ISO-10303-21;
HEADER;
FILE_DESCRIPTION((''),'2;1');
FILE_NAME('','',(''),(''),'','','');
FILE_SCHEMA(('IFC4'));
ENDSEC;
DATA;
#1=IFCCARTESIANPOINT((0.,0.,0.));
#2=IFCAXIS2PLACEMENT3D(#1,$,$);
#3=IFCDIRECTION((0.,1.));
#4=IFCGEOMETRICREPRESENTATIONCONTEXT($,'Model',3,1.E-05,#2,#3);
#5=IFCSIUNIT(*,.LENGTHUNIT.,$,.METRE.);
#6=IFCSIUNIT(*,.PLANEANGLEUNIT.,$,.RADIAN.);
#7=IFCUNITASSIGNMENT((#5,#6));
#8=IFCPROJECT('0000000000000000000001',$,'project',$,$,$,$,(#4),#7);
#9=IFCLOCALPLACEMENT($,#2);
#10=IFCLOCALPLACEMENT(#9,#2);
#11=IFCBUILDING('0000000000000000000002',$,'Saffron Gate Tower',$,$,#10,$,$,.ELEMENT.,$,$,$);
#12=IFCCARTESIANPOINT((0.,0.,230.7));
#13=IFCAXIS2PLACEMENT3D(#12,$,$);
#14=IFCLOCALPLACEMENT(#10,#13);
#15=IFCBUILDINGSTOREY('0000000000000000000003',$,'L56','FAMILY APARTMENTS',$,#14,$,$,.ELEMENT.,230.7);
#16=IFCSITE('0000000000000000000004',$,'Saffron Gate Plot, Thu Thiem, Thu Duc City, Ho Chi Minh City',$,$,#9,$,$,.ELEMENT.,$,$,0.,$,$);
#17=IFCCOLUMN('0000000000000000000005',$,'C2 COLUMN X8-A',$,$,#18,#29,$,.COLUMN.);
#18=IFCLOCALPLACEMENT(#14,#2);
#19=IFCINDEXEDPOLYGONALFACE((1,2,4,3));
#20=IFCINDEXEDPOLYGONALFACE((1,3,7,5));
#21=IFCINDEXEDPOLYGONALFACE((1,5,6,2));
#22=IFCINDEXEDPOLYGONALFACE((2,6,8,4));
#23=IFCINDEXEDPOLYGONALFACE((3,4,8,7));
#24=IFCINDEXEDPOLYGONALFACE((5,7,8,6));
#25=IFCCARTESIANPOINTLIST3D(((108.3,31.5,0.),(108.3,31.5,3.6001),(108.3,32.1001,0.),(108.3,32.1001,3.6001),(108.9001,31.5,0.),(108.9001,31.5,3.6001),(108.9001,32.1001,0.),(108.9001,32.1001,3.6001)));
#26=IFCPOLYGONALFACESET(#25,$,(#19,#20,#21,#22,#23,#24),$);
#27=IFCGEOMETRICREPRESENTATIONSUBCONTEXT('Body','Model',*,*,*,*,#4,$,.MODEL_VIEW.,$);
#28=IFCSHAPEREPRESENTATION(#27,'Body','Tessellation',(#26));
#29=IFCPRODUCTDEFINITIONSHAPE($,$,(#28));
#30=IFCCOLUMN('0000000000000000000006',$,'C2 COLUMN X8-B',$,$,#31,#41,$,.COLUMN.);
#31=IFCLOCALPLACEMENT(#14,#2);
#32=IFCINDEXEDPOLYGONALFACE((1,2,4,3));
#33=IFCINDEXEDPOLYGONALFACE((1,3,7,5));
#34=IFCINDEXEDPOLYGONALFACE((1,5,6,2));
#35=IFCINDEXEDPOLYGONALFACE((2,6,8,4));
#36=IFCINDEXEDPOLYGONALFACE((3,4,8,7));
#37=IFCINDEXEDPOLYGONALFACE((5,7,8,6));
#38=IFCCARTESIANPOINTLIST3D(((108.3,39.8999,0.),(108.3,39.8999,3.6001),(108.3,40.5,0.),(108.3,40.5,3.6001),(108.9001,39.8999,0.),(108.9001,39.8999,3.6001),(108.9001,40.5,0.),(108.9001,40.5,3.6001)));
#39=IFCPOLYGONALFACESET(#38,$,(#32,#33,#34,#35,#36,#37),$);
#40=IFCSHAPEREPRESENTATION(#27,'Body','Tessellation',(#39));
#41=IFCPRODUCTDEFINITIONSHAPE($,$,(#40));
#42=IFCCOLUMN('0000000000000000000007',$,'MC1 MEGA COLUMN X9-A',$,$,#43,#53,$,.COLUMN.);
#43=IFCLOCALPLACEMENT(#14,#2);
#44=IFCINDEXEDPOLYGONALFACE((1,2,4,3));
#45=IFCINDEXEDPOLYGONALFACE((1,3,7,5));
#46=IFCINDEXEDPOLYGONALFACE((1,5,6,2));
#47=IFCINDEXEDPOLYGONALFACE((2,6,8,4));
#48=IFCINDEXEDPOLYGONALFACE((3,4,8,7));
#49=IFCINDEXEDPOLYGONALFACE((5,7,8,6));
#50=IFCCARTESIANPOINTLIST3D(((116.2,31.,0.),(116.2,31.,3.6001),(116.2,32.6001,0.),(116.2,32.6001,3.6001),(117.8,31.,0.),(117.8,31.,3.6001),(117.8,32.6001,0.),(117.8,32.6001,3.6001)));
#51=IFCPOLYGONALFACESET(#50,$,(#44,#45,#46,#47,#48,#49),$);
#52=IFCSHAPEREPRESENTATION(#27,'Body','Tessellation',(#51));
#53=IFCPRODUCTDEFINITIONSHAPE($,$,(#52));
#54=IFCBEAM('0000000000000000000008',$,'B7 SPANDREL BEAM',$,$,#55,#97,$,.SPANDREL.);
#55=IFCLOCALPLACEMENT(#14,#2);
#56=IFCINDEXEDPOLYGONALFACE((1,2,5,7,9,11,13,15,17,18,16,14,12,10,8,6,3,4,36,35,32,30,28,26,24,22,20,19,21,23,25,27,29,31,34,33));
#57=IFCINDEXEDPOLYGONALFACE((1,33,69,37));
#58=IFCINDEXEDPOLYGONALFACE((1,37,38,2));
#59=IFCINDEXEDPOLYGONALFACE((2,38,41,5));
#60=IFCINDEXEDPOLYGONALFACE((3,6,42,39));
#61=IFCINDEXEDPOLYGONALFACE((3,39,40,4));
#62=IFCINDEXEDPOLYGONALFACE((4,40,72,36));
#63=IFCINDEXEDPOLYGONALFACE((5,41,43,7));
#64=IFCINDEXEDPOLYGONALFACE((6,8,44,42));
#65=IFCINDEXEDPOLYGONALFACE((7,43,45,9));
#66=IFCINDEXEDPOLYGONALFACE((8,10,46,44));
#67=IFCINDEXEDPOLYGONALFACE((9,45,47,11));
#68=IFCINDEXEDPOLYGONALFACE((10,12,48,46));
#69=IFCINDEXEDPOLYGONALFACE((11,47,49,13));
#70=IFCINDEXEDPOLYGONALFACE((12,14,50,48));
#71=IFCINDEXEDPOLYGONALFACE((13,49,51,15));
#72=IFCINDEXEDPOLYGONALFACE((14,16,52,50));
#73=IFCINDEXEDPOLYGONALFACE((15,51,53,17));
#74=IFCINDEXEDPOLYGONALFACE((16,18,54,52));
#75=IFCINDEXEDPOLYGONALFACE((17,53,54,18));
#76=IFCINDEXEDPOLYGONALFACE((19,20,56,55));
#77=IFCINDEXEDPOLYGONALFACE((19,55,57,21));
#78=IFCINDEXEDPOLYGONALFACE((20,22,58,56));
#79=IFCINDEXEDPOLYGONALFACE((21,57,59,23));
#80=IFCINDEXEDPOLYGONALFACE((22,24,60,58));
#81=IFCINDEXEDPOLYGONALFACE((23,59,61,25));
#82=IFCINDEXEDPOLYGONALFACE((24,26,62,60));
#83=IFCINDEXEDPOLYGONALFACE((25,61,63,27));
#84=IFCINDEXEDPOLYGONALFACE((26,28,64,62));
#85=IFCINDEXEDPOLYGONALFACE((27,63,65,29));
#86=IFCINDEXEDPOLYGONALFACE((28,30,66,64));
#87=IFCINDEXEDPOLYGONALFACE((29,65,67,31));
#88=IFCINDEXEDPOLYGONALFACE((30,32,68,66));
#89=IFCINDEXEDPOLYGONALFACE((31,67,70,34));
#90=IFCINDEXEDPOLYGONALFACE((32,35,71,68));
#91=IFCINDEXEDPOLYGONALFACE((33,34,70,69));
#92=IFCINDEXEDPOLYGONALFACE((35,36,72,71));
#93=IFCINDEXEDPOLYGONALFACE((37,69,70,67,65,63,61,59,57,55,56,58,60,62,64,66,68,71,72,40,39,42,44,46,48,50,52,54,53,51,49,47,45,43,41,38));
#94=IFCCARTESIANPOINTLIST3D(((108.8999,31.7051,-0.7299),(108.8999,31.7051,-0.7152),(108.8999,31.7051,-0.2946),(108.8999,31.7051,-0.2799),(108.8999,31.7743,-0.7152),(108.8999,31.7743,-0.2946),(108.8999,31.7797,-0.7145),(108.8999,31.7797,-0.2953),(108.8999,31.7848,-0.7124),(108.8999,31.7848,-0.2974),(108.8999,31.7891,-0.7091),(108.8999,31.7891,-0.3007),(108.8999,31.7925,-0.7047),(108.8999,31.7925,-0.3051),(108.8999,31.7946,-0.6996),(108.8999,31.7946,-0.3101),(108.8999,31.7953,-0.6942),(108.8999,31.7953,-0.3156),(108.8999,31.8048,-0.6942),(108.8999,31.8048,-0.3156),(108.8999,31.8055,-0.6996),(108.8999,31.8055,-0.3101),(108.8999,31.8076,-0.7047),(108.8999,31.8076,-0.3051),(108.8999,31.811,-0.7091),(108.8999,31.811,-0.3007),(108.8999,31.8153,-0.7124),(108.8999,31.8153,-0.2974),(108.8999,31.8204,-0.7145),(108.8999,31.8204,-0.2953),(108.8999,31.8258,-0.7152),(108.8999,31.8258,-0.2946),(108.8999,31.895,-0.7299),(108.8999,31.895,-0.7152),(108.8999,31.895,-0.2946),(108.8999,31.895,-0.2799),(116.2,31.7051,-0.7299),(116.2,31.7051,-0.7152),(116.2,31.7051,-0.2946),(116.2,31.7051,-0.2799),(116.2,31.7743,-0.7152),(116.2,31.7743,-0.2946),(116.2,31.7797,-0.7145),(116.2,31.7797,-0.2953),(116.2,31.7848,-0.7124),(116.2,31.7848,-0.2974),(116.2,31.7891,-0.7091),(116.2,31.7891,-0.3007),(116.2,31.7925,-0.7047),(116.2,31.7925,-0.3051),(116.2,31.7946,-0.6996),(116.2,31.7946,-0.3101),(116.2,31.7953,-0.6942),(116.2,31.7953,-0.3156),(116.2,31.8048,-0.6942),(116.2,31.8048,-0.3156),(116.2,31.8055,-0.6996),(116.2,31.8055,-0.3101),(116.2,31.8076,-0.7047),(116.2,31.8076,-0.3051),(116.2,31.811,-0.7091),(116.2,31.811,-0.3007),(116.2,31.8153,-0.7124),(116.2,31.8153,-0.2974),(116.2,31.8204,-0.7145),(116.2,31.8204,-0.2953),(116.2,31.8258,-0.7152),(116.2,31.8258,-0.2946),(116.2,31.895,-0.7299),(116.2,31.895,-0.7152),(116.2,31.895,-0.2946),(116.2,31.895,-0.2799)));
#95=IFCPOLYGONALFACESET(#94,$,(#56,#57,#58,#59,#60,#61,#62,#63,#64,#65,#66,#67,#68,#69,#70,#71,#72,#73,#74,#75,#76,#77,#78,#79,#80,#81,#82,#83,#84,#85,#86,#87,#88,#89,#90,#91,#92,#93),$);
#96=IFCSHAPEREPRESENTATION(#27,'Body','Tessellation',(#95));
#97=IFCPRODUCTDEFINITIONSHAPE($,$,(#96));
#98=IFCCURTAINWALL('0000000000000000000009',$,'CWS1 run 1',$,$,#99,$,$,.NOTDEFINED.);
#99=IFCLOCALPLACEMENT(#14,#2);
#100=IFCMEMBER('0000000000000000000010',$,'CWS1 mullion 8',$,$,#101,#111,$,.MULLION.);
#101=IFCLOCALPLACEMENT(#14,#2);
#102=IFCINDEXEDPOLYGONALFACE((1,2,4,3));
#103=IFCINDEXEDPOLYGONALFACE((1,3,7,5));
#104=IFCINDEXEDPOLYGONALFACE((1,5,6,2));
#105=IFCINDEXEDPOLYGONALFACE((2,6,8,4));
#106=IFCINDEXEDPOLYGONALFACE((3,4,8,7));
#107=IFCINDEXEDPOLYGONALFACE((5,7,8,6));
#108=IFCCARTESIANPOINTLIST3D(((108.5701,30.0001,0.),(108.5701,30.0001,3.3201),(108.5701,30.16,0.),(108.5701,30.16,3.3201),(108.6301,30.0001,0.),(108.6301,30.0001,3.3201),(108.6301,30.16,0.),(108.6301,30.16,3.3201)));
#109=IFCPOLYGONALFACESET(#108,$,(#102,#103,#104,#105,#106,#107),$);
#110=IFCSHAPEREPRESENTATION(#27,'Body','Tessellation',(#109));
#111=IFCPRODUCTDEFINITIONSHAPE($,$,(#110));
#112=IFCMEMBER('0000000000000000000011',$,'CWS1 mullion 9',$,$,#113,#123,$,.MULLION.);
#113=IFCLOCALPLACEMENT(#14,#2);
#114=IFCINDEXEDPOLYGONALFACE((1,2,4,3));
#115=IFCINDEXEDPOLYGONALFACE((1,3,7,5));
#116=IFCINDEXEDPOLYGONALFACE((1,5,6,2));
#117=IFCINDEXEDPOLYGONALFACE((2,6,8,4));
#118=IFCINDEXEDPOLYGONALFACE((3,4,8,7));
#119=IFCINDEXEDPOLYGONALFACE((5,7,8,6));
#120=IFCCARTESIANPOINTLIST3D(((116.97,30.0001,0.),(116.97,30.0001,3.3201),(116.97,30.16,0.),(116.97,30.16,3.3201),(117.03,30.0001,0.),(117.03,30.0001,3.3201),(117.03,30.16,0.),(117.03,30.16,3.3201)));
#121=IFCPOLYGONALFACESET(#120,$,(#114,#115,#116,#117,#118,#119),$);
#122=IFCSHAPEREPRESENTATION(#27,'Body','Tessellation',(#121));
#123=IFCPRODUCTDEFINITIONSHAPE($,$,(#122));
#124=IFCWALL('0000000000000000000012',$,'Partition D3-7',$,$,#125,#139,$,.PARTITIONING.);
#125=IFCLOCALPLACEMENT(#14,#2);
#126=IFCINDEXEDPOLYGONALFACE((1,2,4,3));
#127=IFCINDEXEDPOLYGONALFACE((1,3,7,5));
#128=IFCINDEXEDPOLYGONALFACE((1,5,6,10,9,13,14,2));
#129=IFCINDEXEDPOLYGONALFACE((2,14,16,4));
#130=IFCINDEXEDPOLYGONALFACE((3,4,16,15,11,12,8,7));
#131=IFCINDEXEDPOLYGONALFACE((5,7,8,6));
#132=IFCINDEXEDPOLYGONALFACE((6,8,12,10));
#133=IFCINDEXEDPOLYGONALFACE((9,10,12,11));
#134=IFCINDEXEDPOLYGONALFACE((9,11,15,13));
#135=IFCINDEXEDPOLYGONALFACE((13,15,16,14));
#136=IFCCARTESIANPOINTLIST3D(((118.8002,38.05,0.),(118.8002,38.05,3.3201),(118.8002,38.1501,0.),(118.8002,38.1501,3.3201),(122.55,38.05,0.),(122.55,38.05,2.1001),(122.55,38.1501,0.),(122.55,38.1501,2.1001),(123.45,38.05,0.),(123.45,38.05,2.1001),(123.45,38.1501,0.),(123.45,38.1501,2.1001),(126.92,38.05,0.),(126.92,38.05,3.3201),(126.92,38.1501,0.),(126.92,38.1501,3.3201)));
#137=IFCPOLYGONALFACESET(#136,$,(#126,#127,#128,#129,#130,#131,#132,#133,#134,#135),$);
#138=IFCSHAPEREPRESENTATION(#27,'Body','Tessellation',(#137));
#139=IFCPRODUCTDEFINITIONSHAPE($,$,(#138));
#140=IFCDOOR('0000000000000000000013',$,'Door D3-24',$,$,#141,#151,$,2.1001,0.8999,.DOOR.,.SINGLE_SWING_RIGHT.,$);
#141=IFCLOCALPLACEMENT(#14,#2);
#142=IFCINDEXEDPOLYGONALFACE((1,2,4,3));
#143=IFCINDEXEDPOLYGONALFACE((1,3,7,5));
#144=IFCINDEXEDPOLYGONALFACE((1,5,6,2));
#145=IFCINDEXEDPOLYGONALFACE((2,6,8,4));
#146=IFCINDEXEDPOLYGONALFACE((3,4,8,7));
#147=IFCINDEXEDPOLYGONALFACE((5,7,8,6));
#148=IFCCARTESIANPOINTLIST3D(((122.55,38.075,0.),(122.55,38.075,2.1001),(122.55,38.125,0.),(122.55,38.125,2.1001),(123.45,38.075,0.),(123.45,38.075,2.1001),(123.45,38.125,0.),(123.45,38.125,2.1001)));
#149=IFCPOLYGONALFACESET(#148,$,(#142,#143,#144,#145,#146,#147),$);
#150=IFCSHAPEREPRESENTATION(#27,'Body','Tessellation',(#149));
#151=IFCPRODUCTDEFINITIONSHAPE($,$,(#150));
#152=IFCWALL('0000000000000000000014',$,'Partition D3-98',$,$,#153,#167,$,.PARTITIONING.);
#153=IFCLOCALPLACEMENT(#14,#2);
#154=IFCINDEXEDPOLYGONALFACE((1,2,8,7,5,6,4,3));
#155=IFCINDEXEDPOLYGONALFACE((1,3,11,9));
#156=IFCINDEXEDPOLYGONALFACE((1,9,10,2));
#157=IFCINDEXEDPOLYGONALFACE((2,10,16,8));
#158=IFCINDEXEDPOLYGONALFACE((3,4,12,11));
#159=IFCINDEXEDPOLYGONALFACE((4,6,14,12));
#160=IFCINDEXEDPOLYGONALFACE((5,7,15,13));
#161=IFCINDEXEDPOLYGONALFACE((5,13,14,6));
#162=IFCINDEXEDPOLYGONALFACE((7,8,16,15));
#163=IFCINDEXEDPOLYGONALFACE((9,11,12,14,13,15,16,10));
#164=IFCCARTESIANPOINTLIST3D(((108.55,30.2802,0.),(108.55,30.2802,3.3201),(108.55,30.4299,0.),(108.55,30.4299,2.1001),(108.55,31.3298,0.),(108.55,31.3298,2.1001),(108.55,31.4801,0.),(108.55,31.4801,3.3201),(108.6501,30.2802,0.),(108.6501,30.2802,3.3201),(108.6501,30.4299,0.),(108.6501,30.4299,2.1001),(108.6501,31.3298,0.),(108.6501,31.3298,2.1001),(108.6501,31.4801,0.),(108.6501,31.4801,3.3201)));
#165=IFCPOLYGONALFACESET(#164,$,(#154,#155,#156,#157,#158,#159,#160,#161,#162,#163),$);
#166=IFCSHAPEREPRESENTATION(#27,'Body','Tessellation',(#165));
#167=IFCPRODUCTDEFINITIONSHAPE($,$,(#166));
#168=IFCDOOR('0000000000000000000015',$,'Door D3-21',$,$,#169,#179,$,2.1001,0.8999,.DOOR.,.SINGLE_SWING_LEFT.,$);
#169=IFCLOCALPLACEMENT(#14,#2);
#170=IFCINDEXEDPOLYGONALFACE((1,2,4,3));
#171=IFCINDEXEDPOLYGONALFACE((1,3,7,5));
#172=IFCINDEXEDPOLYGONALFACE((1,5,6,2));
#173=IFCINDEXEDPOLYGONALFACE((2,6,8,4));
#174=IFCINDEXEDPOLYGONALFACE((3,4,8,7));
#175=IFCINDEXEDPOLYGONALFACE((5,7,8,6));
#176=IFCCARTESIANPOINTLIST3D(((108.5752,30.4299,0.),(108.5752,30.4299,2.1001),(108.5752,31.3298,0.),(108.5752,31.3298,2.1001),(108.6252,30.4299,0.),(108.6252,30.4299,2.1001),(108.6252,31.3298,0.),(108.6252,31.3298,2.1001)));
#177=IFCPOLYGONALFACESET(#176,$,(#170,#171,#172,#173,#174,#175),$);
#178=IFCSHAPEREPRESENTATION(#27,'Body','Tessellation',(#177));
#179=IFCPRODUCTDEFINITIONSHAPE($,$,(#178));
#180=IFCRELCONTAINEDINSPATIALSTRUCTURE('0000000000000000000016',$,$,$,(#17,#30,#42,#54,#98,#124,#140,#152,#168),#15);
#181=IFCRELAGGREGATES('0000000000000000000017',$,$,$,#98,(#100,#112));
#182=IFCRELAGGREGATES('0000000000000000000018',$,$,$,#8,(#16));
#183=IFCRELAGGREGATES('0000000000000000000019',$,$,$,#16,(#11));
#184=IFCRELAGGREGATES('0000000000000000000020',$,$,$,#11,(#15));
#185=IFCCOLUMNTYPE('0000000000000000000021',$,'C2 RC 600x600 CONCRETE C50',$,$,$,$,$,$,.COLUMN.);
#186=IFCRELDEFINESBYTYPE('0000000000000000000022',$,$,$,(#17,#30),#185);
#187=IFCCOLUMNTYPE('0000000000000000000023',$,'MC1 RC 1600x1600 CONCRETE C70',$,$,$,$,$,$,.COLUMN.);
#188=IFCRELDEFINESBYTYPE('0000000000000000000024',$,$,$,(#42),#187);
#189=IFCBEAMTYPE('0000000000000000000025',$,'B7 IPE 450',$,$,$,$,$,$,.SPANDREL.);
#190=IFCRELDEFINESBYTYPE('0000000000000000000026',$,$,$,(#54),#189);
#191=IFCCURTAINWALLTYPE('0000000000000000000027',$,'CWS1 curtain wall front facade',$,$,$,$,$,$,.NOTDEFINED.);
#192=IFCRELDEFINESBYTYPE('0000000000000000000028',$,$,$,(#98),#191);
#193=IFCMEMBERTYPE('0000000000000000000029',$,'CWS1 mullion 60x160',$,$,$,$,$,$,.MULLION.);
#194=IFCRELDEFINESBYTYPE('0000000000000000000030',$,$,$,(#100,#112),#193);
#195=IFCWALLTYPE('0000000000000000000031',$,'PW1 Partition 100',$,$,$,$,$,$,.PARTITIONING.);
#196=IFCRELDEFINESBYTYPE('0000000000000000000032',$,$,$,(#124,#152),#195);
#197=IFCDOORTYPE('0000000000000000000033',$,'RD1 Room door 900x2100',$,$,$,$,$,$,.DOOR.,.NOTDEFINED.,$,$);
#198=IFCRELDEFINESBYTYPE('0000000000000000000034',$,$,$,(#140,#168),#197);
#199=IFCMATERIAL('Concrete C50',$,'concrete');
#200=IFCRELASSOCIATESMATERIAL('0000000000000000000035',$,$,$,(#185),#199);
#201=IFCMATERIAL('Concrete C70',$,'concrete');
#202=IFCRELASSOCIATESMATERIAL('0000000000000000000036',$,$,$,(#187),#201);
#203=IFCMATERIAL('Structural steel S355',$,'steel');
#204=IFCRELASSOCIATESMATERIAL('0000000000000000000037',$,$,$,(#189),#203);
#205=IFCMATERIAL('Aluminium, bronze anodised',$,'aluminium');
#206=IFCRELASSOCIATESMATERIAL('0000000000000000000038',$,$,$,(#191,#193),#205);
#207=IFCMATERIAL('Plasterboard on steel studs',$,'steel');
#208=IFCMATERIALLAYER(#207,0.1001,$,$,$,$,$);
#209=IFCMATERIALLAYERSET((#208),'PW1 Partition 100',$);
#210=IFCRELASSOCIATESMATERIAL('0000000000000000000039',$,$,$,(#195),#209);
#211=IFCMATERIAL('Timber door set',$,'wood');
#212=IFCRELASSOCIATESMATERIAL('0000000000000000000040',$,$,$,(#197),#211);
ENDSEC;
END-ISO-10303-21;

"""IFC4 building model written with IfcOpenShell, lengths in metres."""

from ifc_helpers import new_model, si_unit, direction, frame, frame_2d, origin, origin_2d, place, context, subcontext, project, spatial, rectangle, i_section, extrude, material, layer, layer_set, material_profile, profile_set, type_object, element, fill, aggregate, save


model = new_model("IFC4")

# Units and contexts
model_context = context("Model", 3, precision=1e-05, world=origin(), true_north=direction((0.0, 1.0)))
body_context = subcontext(model_context, "Body", "Model", "MODEL_VIEW")
ifc_project = project(units=[si_unit("LENGTHUNIT", "METRE"), si_unit("PLANEANGLEUNIT", "RADIAN")], contexts=[model_context])

# Site, building, storey
site_placement = place(None, origin())
site = spatial("IfcSite", under=ifc_project, at=site_placement, Name="Saffron Gate Plot, Thu Thiem, Thu Duc City, Ho Chi Minh City", CompositionType="ELEMENT", RefElevation=0.0)
building_placement = place(site_placement, origin())
building = spatial("IfcBuilding", under=site, at=building_placement, Name="Saffron Gate Tower", CompositionType="ELEMENT")
storey_placement = place(building_placement, frame((0.0, 0.0, 230.7)))
storey = spatial("IfcBuildingStorey", under=building, at=storey_placement, Name="L56", Description="FAMILY APARTMENTS", CompositionType="ELEMENT", Elevation=230.7)

# Columns
ifc_material_1 = material(Name="Concrete C50", Category="concrete")
ifc_material_profile_1 = material_profile(ifc_material_1, rectangle(XDim=0.6001, YDim=0.6001, at=origin_2d()))
ifc_profile_set_1 = profile_set([ifc_material_profile_1], Name="Concrete C50")
column_type_1 = type_object("IfcColumnType", Name="C2 RC 600x600 CONCRETE C50", PredefinedType="COLUMN", material=ifc_profile_set_1)
for number, where, z_axis, x_axis, name in (
    (1, (108.6001, 31.8, 0.0), (0.0, 0.0, 1.0), (1.0, 0.0, 0.0), "C2 COLUMN X8-A"),
    (2, (108.6001, 40.2, 0.0), (0.0, 0.0, 1.0), (1.0, 0.0, 0.0), "C2 COLUMN X8-B"),
):
    element("IfcColumn", number, at=place(storey_placement, frame(where, z_axis=z_axis, x_axis=x_axis)), inside=storey, type_object=column_type_1, Name=name, PredefinedType="COLUMN", context=body_context, shape_type="SweptSolid", body=[
        extrude(rectangle(XDim=0.6001, YDim=0.6001, at=origin_2d()), origin(), (0.0, 0.0, 1.0), 3.6001),
    ])
ifc_material_2 = material(Name="Concrete C70", Category="concrete")
ifc_material_profile_2 = material_profile(ifc_material_2, rectangle(XDim=1.6001, YDim=1.6001, at=origin_2d()))
ifc_profile_set_2 = profile_set([ifc_material_profile_2], Name="Concrete C70")
column_type_2 = type_object("IfcColumnType", Name="MC1 RC 1600x1600 CONCRETE C70", PredefinedType="COLUMN", material=ifc_profile_set_2)
column_placement = place(storey_placement, frame((117.0, 31.8, 0.0), z_axis=(0.0, 0.0, 1.0), x_axis=(1.0, 0.0, 0.0)))
element("IfcColumn", 3, at=column_placement, inside=storey, type_object=column_type_2, Name="MC1 MEGA COLUMN X9-A", PredefinedType="COLUMN", context=body_context, shape_type="SweptSolid", body=[
    extrude(rectangle(XDim=1.6001, YDim=1.6001, at=origin_2d()), origin(), (0.0, 0.0, 1.0), 3.6001),
])

# Beam
ifc_material_3 = material(Name="Structural steel S355", Category="steel")
ifc_material_profile_3 = material_profile(ifc_material_3, i_section(OverallWidth=0.1899, OverallDepth=0.45, WebThickness=0.0095, FlangeThickness=0.0146, FilletRadius=0.021, at=origin_2d()))
ifc_profile_set_3 = profile_set([ifc_material_profile_3], Name="Structural steel S355")
beam_type = type_object("IfcBeamType", Name="B7 IPE 450", PredefinedType="SPANDREL", material=ifc_profile_set_3)
beam_placement = place(storey_placement, frame((108.8999, 31.8, -0.5049), z_axis=(1.0, 0.0, 0.0), x_axis=(0.0, 1.0, 0.0)))
element("IfcBeam", 4, at=beam_placement, inside=storey, type_object=beam_type, Name="B7 SPANDREL BEAM", PredefinedType="SPANDREL", context=body_context, shape_type="SweptSolid", body=[
    extrude(i_section(OverallWidth=0.1899, OverallDepth=0.45, WebThickness=0.0095, FlangeThickness=0.0146, FilletRadius=0.021, at=origin_2d()), origin(), (0.0, 0.0, 1.0), 7.3),
])

# Curtain wall, members
ifc_material_4 = material(Name="Aluminium, bronze anodised", Category="aluminium")
curtain_wall_type = type_object("IfcCurtainWallType", Name="CWS1 curtain wall front facade", PredefinedType="NOTDEFINED", material=ifc_material_4)
curtain_wall_placement = place(storey_placement, origin())
curtain_wall = element("IfcCurtainWall", 5, at=curtain_wall_placement, inside=storey, type_object=curtain_wall_type, Name="CWS1 run 1", PredefinedType="NOTDEFINED")
ifc_material_profile_4 = material_profile(ifc_material_4, rectangle(XDim=0.1599, YDim=0.0601, at=origin_2d()))
ifc_profile_set_4 = profile_set([ifc_material_profile_4], Name="Aluminium, bronze anodised")
member_type = type_object("IfcMemberType", Name="CWS1 mullion 60x160", PredefinedType="MULLION", material=ifc_profile_set_4)
member_1_placement = place(storey_placement, frame((108.6001, 30.0801, 0.0), z_axis=(0.0, 0.0, 1.0), x_axis=(0.0, 1.0, 0.0)))
member_1 = element("IfcMember", 6, at=member_1_placement, type_object=member_type, Name="CWS1 mullion 8", PredefinedType="MULLION", context=body_context, shape_type="SweptSolid", body=[
    extrude(rectangle(XDim=0.1599, YDim=0.0601, at=origin_2d()), origin(), (0.0, 0.0, 1.0), 3.3201),
])
member_2_placement = place(storey_placement, frame((117.0, 30.0801, 0.0), z_axis=(0.0, 0.0, 1.0), x_axis=(0.0, 1.0, 0.0)))
member_2 = element("IfcMember", 7, at=member_2_placement, type_object=member_type, Name="CWS1 mullion 9", PredefinedType="MULLION", context=body_context, shape_type="SweptSolid", body=[
    extrude(rectangle(XDim=0.1599, YDim=0.0601, at=origin_2d()), origin(), (0.0, 0.0, 1.0), 3.3201),
])
aggregate(curtain_wall, [member_1, member_2])

# Walls, openings, doors
ifc_material_5 = material(Name="Plasterboard on steel studs", Category="steel")
ifc_layer = layer(ifc_material_5, 0.1001)
ifc_layer_set = layer_set([ifc_layer], Name="PW1 Partition 100")
wall_type = type_object("IfcWallType", Name="PW1 Partition 100", PredefinedType="PARTITIONING", material=ifc_layer_set)
wall_1_placement = place(storey_placement, frame((118.8, 38.1001, 0.0), z_axis=(0.0, 0.0, 1.0), x_axis=(1.0, 0.0, 0.0)))
wall_1 = element("IfcWall", 8, at=wall_1_placement, inside=storey, type_object=wall_type, Name="Partition D3-7", PredefinedType="PARTITIONING", context=body_context, shape_type="SweptSolid", body=[
    extrude(rectangle(XDim=8.1199, YDim=0.1001, at=frame_2d((4.0601, 0.0))), origin(), (0.0, 0.0, 1.0), 3.3201),
])
opening_1_placement = place(wall_1_placement, frame((3.75, 0.0, 0.0)))
opening_1 = element("IfcOpeningElement", 9, at=opening_1_placement, cuts=wall_1, PredefinedType="OPENING", context=body_context, shape_type="SweptSolid", body=[
    extrude(rectangle(XDim=0.8999, YDim=2.1001, at=frame_2d((0.45, 1.05))), frame((0.0, 0.0601, 0.0), z_axis=(0.0, -1.0, 0.0), x_axis=(1.0, 0.0, 0.0)), (0.0, 0.0, 1.0), 0.1201),
])
ifc_material_6 = material(Name="Timber door set", Category="wood")
door_type_1 = type_object("IfcDoorType", Name="RD1 Room door 900x2100", OperationType="NOTDEFINED", PredefinedType="DOOR", material=ifc_material_6)
door_1_placement = place(opening_1_placement, origin())
door_1 = element("IfcDoor", 10, at=door_1_placement, inside=storey, type_object=door_type_1, Name="Door D3-24", OperationType="SINGLE_SWING_RIGHT", OverallHeight=2.1001, OverallWidth=0.8999, PredefinedType="DOOR", context=body_context, shape_type="SweptSolid", body=[
    extrude(rectangle(XDim=0.8999, YDim=2.1001, at=frame_2d((0.45, 1.05))), frame((0.0, 0.0249, 0.0), z_axis=(0.0, -1.0, 0.0), x_axis=(1.0, 0.0, 0.0)), (0.0, 0.0, 1.0), 0.05),
])
fill(opening_1, door_1)
wall_2_placement = place(storey_placement, frame((108.6001, 30.28, 0.0), z_axis=(0.0, 0.0, 1.0), x_axis=(0.0, 1.0, 0.0)))
wall_2 = element("IfcWall", 11, at=wall_2_placement, inside=storey, type_object=wall_type, Name="Partition D3-98", PredefinedType="PARTITIONING", context=body_context, shape_type="SweptSolid", body=[
    extrude(rectangle(XDim=1.2, YDim=0.1001, at=frame_2d((0.6001, 0.0))), origin(), (0.0, 0.0, 1.0), 3.3201),
])
opening_2_placement = place(wall_2_placement, frame((0.1499, 0.0, 0.0)))
opening_2 = element("IfcOpeningElement", 12, at=opening_2_placement, cuts=wall_2, PredefinedType="OPENING", context=body_context, shape_type="SweptSolid", body=[
    extrude(rectangle(XDim=0.8999, YDim=2.1001, at=frame_2d((0.45, 1.05))), frame((0.0, 0.0601, 0.0), z_axis=(0.0, -1.0, 0.0), x_axis=(1.0, 0.0, 0.0)), (0.0, 0.0, 1.0), 0.1201),
])
door_2_placement = place(opening_2_placement, origin())
door_2 = element("IfcDoor", 13, at=door_2_placement, inside=storey, type_object=door_type_1, Name="Door D3-21", OperationType="SINGLE_SWING_LEFT", OverallHeight=2.1001, OverallWidth=0.8999, PredefinedType="DOOR", context=body_context, shape_type="SweptSolid", body=[
    extrude(rectangle(XDim=0.8999, YDim=2.1001, at=frame_2d((0.45, 1.05))), frame((0.0, 0.0249, 0.0), z_axis=(0.0, -1.0, 0.0), x_axis=(1.0, 0.0, 0.0)), (0.0, 0.0, 1.0), 0.05),
])
fill(opening_2, door_2)

save(model, "model.ifc")
